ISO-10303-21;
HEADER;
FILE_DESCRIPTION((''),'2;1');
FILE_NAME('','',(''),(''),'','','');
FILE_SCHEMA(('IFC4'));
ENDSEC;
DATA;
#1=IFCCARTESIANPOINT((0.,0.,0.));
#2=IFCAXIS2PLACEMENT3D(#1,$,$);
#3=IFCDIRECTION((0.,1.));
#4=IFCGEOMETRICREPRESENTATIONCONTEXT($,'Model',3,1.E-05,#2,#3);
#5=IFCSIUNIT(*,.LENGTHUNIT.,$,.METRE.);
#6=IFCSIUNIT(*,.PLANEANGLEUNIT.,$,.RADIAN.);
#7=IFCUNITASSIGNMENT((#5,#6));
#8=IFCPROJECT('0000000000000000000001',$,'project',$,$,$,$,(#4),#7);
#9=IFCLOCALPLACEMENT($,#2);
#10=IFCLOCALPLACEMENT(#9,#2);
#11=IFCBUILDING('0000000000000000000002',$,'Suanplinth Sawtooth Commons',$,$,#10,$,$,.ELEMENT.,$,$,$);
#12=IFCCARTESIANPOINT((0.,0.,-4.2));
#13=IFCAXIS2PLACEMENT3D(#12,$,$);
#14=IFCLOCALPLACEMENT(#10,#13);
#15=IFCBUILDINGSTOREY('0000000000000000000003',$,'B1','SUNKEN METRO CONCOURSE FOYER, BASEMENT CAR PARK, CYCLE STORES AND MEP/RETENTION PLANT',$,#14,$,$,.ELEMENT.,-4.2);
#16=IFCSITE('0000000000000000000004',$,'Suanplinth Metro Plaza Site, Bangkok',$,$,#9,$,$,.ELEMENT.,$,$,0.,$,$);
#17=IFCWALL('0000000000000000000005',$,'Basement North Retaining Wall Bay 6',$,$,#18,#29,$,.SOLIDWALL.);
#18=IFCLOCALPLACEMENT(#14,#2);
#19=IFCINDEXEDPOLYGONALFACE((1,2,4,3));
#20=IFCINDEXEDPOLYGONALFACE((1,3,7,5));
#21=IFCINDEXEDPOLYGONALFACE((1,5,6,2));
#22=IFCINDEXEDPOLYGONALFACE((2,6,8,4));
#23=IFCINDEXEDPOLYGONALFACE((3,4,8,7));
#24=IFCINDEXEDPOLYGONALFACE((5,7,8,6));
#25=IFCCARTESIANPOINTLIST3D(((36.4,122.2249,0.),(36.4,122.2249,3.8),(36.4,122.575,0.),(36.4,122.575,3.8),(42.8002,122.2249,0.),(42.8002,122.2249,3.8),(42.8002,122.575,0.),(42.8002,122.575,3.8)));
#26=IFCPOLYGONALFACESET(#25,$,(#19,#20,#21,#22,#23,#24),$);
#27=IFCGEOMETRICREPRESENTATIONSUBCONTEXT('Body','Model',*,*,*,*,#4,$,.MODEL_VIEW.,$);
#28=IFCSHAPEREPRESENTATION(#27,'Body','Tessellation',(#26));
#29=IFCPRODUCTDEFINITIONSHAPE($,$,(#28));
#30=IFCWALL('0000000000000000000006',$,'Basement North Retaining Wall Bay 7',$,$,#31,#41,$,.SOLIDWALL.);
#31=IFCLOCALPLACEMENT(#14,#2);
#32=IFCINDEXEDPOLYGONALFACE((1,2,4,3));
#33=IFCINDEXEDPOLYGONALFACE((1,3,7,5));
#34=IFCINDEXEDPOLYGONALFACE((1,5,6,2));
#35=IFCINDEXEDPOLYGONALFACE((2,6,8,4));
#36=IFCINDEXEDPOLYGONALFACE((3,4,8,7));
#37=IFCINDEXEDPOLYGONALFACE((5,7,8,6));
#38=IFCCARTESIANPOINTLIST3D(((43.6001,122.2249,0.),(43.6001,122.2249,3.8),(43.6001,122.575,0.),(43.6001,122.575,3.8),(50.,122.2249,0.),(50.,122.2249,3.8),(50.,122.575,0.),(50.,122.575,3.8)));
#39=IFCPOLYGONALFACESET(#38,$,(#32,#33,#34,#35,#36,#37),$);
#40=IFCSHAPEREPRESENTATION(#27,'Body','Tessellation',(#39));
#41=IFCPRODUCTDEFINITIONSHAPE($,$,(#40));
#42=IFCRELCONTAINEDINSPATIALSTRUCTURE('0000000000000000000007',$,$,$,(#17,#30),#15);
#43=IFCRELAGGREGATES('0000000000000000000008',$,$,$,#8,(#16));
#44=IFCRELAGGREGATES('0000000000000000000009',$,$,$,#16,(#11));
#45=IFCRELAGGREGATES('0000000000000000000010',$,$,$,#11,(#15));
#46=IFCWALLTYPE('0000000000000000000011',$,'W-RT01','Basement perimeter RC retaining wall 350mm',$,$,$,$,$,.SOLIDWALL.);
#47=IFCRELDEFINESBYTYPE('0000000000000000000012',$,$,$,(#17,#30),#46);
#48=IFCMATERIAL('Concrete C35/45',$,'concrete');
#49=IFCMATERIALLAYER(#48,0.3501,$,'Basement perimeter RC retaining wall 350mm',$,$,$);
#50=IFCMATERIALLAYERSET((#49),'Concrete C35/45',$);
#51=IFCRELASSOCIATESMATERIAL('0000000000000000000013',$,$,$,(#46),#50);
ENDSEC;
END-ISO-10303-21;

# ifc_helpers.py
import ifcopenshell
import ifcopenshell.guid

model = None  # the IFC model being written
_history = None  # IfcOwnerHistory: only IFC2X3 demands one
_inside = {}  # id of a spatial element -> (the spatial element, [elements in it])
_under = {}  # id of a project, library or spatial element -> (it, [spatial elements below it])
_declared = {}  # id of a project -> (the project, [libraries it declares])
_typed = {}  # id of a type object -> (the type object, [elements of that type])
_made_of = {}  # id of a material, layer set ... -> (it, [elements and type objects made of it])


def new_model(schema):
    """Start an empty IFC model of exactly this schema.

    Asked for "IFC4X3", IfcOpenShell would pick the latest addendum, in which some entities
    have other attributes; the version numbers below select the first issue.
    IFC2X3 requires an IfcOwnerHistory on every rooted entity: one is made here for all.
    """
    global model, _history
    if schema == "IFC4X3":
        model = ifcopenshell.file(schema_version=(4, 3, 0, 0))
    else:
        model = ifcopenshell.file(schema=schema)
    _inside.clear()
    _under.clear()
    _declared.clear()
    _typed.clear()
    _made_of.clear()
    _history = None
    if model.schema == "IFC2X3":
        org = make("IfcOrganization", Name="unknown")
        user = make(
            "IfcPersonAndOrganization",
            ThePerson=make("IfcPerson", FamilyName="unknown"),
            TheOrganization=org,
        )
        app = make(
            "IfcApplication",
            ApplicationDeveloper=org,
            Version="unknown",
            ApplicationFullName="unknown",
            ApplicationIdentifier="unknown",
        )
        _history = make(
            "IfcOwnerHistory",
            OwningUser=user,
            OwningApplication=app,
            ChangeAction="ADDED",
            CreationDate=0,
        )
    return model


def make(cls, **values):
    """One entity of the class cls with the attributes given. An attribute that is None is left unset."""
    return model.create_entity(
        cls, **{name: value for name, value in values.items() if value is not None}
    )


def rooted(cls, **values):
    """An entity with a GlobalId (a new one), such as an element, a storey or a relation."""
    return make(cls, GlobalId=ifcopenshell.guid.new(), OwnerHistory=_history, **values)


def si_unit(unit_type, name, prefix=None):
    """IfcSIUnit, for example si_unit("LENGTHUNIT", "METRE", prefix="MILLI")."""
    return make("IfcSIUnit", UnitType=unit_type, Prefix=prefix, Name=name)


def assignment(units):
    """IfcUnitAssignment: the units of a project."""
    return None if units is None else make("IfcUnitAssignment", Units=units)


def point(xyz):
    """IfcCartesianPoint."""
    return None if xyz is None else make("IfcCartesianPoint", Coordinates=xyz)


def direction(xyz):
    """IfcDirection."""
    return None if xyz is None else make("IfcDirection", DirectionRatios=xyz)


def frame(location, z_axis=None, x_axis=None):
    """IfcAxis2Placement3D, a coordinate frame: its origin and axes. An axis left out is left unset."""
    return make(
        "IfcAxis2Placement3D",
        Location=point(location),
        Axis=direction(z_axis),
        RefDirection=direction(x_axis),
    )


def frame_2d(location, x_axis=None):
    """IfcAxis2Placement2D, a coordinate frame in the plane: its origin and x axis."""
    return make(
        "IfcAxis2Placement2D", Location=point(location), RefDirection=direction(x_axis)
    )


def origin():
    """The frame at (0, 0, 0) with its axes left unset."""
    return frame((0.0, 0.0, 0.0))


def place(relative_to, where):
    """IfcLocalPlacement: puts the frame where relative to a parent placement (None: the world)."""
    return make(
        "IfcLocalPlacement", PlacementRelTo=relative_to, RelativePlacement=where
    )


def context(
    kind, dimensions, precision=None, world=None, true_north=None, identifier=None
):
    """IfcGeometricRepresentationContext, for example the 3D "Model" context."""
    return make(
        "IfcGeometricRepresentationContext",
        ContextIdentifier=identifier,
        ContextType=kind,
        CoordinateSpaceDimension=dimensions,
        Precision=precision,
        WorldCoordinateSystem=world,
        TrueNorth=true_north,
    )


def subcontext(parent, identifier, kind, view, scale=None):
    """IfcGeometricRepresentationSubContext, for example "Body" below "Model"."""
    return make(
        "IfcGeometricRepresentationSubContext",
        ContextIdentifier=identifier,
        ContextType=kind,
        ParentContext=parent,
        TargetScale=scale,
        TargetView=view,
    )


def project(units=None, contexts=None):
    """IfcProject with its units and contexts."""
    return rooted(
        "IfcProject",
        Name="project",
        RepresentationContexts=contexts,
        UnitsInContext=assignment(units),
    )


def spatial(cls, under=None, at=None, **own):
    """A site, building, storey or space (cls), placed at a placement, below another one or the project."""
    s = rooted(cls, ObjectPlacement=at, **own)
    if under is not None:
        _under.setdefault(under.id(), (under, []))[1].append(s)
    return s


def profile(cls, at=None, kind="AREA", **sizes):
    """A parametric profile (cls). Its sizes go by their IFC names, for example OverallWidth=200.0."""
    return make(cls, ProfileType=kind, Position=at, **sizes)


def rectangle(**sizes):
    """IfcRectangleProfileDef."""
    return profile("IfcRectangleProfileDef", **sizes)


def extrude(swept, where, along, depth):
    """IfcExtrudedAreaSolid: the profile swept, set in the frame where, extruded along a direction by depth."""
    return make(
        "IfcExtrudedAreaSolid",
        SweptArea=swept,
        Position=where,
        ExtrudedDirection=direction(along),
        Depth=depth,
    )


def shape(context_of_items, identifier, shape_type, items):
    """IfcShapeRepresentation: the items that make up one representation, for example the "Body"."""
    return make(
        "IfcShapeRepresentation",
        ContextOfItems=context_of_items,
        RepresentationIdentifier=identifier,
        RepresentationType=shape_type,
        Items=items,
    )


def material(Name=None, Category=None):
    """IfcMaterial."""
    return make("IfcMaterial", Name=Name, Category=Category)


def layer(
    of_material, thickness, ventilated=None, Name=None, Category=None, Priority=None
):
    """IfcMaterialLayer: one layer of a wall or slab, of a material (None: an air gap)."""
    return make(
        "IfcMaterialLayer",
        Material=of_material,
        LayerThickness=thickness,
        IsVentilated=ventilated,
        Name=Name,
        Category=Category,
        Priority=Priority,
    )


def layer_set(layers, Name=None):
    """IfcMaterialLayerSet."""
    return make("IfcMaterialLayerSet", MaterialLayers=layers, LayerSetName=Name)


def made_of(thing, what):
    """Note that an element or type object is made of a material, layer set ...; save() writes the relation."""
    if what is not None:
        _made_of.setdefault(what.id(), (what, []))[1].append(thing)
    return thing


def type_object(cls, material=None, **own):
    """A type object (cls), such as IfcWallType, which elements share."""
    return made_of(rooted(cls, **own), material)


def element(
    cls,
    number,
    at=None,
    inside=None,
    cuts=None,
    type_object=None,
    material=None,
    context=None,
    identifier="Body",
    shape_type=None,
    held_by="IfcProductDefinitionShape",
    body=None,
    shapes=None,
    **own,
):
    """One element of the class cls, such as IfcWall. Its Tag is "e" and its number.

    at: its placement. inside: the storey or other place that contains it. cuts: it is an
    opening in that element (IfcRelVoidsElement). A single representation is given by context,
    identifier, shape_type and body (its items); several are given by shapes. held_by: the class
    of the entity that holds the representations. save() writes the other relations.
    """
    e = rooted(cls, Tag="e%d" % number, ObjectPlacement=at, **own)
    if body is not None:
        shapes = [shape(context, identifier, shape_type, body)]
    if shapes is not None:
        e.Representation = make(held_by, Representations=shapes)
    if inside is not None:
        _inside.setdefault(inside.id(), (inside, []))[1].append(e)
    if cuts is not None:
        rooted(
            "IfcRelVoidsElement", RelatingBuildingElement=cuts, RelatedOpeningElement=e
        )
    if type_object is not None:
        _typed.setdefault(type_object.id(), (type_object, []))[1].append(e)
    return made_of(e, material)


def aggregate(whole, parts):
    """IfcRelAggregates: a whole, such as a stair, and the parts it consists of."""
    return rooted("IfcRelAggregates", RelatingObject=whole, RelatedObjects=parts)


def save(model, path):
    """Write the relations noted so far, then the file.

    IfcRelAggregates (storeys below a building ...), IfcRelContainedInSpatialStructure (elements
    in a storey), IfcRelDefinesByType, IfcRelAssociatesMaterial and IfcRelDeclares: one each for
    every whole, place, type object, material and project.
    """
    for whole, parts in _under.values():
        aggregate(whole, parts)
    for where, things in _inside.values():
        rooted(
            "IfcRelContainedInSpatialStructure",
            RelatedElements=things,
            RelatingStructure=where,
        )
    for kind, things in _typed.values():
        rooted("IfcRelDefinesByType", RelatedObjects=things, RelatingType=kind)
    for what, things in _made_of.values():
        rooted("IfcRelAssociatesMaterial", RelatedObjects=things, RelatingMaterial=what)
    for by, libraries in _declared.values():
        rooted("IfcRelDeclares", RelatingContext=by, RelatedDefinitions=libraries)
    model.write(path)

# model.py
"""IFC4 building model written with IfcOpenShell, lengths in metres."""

from ifc_helpers import new_model, si_unit, direction, frame, frame_2d, origin, place, context, subcontext, project, spatial, rectangle, extrude, material, layer, layer_set, type_object, element, save


model = new_model("IFC4")

# Units and contexts
model_context = context("Model", 3, precision=1e-05, world=origin(), true_north=direction((0.0, 1.0)))
body_context = subcontext(model_context, "Body", "Model", "MODEL_VIEW")
ifc_project = project(units=[si_unit("LENGTHUNIT", "METRE"), si_unit("PLANEANGLEUNIT", "RADIAN")], contexts=[model_context])

# Site, building, storey
site_placement = place(None, origin())
site = spatial("IfcSite", under=ifc_project, at=site_placement, Name="Suanplinth Metro Plaza Site, Bangkok", CompositionType="ELEMENT", RefElevation=0.0)
building_placement = place(site_placement, origin())
building = spatial("IfcBuilding", under=site, at=building_placement, Name="Suanplinth Sawtooth Commons", CompositionType="ELEMENT")
storey_placement = place(building_placement, frame((0.0, 0.0, -4.2)))
storey = spatial("IfcBuildingStorey", under=building, at=storey_placement, Name="B1", Description="SUNKEN METRO CONCOURSE FOYER, BASEMENT CAR PARK, CYCLE STORES AND MEP/RETENTION PLANT", CompositionType="ELEMENT", Elevation=-4.2)

# Shared definitions
ifc_material_1 = material(Name="Concrete C35/45", Category="concrete")

# Walls
ifc_layer = layer(ifc_material_1, 0.3501, Name="Basement perimeter RC retaining wall 350mm")
ifc_layer_set = layer_set([ifc_layer], Name="Concrete C35/45")
wall_type = type_object("IfcWallType", Name="W-RT01", Description="Basement perimeter RC retaining wall 350mm", PredefinedType="SOLIDWALL", material=ifc_layer_set)
wall_1_placement = place(storey_placement, frame((36.3999, 122.3999, 0.0), z_axis=(0.0, 0.0, 1.0), x_axis=(1.0, 0.0, 0.0)))
element("IfcWall", 1, at=wall_1_placement, inside=storey, type_object=wall_type, Name="Basement North Retaining Wall Bay 6", PredefinedType="SOLIDWALL", context=body_context, shape_type="SweptSolid", body=[
    extrude(rectangle(XDim=6.4001, YDim=0.3501, at=frame_2d((3.2002, 0.0))), origin(), (0.0, 0.0, 1.0), 3.8),
])
wall_2_placement = place(storey_placement, frame((43.6001, 122.3999, 0.0), z_axis=(0.0, 0.0, 1.0), x_axis=(1.0, 0.0, 0.0)))
element("IfcWall", 2, at=wall_2_placement, inside=storey, type_object=wall_type, Name="Basement North Retaining Wall Bay 7", PredefinedType="SOLIDWALL", context=body_context, shape_type="SweptSolid", body=[
    extrude(rectangle(XDim=6.3999, YDim=0.3501, at=frame_2d((3.2, 0.0))), origin(), (0.0, 0.0, 1.0), 3.8),
])

save(model, "model.ifc")
